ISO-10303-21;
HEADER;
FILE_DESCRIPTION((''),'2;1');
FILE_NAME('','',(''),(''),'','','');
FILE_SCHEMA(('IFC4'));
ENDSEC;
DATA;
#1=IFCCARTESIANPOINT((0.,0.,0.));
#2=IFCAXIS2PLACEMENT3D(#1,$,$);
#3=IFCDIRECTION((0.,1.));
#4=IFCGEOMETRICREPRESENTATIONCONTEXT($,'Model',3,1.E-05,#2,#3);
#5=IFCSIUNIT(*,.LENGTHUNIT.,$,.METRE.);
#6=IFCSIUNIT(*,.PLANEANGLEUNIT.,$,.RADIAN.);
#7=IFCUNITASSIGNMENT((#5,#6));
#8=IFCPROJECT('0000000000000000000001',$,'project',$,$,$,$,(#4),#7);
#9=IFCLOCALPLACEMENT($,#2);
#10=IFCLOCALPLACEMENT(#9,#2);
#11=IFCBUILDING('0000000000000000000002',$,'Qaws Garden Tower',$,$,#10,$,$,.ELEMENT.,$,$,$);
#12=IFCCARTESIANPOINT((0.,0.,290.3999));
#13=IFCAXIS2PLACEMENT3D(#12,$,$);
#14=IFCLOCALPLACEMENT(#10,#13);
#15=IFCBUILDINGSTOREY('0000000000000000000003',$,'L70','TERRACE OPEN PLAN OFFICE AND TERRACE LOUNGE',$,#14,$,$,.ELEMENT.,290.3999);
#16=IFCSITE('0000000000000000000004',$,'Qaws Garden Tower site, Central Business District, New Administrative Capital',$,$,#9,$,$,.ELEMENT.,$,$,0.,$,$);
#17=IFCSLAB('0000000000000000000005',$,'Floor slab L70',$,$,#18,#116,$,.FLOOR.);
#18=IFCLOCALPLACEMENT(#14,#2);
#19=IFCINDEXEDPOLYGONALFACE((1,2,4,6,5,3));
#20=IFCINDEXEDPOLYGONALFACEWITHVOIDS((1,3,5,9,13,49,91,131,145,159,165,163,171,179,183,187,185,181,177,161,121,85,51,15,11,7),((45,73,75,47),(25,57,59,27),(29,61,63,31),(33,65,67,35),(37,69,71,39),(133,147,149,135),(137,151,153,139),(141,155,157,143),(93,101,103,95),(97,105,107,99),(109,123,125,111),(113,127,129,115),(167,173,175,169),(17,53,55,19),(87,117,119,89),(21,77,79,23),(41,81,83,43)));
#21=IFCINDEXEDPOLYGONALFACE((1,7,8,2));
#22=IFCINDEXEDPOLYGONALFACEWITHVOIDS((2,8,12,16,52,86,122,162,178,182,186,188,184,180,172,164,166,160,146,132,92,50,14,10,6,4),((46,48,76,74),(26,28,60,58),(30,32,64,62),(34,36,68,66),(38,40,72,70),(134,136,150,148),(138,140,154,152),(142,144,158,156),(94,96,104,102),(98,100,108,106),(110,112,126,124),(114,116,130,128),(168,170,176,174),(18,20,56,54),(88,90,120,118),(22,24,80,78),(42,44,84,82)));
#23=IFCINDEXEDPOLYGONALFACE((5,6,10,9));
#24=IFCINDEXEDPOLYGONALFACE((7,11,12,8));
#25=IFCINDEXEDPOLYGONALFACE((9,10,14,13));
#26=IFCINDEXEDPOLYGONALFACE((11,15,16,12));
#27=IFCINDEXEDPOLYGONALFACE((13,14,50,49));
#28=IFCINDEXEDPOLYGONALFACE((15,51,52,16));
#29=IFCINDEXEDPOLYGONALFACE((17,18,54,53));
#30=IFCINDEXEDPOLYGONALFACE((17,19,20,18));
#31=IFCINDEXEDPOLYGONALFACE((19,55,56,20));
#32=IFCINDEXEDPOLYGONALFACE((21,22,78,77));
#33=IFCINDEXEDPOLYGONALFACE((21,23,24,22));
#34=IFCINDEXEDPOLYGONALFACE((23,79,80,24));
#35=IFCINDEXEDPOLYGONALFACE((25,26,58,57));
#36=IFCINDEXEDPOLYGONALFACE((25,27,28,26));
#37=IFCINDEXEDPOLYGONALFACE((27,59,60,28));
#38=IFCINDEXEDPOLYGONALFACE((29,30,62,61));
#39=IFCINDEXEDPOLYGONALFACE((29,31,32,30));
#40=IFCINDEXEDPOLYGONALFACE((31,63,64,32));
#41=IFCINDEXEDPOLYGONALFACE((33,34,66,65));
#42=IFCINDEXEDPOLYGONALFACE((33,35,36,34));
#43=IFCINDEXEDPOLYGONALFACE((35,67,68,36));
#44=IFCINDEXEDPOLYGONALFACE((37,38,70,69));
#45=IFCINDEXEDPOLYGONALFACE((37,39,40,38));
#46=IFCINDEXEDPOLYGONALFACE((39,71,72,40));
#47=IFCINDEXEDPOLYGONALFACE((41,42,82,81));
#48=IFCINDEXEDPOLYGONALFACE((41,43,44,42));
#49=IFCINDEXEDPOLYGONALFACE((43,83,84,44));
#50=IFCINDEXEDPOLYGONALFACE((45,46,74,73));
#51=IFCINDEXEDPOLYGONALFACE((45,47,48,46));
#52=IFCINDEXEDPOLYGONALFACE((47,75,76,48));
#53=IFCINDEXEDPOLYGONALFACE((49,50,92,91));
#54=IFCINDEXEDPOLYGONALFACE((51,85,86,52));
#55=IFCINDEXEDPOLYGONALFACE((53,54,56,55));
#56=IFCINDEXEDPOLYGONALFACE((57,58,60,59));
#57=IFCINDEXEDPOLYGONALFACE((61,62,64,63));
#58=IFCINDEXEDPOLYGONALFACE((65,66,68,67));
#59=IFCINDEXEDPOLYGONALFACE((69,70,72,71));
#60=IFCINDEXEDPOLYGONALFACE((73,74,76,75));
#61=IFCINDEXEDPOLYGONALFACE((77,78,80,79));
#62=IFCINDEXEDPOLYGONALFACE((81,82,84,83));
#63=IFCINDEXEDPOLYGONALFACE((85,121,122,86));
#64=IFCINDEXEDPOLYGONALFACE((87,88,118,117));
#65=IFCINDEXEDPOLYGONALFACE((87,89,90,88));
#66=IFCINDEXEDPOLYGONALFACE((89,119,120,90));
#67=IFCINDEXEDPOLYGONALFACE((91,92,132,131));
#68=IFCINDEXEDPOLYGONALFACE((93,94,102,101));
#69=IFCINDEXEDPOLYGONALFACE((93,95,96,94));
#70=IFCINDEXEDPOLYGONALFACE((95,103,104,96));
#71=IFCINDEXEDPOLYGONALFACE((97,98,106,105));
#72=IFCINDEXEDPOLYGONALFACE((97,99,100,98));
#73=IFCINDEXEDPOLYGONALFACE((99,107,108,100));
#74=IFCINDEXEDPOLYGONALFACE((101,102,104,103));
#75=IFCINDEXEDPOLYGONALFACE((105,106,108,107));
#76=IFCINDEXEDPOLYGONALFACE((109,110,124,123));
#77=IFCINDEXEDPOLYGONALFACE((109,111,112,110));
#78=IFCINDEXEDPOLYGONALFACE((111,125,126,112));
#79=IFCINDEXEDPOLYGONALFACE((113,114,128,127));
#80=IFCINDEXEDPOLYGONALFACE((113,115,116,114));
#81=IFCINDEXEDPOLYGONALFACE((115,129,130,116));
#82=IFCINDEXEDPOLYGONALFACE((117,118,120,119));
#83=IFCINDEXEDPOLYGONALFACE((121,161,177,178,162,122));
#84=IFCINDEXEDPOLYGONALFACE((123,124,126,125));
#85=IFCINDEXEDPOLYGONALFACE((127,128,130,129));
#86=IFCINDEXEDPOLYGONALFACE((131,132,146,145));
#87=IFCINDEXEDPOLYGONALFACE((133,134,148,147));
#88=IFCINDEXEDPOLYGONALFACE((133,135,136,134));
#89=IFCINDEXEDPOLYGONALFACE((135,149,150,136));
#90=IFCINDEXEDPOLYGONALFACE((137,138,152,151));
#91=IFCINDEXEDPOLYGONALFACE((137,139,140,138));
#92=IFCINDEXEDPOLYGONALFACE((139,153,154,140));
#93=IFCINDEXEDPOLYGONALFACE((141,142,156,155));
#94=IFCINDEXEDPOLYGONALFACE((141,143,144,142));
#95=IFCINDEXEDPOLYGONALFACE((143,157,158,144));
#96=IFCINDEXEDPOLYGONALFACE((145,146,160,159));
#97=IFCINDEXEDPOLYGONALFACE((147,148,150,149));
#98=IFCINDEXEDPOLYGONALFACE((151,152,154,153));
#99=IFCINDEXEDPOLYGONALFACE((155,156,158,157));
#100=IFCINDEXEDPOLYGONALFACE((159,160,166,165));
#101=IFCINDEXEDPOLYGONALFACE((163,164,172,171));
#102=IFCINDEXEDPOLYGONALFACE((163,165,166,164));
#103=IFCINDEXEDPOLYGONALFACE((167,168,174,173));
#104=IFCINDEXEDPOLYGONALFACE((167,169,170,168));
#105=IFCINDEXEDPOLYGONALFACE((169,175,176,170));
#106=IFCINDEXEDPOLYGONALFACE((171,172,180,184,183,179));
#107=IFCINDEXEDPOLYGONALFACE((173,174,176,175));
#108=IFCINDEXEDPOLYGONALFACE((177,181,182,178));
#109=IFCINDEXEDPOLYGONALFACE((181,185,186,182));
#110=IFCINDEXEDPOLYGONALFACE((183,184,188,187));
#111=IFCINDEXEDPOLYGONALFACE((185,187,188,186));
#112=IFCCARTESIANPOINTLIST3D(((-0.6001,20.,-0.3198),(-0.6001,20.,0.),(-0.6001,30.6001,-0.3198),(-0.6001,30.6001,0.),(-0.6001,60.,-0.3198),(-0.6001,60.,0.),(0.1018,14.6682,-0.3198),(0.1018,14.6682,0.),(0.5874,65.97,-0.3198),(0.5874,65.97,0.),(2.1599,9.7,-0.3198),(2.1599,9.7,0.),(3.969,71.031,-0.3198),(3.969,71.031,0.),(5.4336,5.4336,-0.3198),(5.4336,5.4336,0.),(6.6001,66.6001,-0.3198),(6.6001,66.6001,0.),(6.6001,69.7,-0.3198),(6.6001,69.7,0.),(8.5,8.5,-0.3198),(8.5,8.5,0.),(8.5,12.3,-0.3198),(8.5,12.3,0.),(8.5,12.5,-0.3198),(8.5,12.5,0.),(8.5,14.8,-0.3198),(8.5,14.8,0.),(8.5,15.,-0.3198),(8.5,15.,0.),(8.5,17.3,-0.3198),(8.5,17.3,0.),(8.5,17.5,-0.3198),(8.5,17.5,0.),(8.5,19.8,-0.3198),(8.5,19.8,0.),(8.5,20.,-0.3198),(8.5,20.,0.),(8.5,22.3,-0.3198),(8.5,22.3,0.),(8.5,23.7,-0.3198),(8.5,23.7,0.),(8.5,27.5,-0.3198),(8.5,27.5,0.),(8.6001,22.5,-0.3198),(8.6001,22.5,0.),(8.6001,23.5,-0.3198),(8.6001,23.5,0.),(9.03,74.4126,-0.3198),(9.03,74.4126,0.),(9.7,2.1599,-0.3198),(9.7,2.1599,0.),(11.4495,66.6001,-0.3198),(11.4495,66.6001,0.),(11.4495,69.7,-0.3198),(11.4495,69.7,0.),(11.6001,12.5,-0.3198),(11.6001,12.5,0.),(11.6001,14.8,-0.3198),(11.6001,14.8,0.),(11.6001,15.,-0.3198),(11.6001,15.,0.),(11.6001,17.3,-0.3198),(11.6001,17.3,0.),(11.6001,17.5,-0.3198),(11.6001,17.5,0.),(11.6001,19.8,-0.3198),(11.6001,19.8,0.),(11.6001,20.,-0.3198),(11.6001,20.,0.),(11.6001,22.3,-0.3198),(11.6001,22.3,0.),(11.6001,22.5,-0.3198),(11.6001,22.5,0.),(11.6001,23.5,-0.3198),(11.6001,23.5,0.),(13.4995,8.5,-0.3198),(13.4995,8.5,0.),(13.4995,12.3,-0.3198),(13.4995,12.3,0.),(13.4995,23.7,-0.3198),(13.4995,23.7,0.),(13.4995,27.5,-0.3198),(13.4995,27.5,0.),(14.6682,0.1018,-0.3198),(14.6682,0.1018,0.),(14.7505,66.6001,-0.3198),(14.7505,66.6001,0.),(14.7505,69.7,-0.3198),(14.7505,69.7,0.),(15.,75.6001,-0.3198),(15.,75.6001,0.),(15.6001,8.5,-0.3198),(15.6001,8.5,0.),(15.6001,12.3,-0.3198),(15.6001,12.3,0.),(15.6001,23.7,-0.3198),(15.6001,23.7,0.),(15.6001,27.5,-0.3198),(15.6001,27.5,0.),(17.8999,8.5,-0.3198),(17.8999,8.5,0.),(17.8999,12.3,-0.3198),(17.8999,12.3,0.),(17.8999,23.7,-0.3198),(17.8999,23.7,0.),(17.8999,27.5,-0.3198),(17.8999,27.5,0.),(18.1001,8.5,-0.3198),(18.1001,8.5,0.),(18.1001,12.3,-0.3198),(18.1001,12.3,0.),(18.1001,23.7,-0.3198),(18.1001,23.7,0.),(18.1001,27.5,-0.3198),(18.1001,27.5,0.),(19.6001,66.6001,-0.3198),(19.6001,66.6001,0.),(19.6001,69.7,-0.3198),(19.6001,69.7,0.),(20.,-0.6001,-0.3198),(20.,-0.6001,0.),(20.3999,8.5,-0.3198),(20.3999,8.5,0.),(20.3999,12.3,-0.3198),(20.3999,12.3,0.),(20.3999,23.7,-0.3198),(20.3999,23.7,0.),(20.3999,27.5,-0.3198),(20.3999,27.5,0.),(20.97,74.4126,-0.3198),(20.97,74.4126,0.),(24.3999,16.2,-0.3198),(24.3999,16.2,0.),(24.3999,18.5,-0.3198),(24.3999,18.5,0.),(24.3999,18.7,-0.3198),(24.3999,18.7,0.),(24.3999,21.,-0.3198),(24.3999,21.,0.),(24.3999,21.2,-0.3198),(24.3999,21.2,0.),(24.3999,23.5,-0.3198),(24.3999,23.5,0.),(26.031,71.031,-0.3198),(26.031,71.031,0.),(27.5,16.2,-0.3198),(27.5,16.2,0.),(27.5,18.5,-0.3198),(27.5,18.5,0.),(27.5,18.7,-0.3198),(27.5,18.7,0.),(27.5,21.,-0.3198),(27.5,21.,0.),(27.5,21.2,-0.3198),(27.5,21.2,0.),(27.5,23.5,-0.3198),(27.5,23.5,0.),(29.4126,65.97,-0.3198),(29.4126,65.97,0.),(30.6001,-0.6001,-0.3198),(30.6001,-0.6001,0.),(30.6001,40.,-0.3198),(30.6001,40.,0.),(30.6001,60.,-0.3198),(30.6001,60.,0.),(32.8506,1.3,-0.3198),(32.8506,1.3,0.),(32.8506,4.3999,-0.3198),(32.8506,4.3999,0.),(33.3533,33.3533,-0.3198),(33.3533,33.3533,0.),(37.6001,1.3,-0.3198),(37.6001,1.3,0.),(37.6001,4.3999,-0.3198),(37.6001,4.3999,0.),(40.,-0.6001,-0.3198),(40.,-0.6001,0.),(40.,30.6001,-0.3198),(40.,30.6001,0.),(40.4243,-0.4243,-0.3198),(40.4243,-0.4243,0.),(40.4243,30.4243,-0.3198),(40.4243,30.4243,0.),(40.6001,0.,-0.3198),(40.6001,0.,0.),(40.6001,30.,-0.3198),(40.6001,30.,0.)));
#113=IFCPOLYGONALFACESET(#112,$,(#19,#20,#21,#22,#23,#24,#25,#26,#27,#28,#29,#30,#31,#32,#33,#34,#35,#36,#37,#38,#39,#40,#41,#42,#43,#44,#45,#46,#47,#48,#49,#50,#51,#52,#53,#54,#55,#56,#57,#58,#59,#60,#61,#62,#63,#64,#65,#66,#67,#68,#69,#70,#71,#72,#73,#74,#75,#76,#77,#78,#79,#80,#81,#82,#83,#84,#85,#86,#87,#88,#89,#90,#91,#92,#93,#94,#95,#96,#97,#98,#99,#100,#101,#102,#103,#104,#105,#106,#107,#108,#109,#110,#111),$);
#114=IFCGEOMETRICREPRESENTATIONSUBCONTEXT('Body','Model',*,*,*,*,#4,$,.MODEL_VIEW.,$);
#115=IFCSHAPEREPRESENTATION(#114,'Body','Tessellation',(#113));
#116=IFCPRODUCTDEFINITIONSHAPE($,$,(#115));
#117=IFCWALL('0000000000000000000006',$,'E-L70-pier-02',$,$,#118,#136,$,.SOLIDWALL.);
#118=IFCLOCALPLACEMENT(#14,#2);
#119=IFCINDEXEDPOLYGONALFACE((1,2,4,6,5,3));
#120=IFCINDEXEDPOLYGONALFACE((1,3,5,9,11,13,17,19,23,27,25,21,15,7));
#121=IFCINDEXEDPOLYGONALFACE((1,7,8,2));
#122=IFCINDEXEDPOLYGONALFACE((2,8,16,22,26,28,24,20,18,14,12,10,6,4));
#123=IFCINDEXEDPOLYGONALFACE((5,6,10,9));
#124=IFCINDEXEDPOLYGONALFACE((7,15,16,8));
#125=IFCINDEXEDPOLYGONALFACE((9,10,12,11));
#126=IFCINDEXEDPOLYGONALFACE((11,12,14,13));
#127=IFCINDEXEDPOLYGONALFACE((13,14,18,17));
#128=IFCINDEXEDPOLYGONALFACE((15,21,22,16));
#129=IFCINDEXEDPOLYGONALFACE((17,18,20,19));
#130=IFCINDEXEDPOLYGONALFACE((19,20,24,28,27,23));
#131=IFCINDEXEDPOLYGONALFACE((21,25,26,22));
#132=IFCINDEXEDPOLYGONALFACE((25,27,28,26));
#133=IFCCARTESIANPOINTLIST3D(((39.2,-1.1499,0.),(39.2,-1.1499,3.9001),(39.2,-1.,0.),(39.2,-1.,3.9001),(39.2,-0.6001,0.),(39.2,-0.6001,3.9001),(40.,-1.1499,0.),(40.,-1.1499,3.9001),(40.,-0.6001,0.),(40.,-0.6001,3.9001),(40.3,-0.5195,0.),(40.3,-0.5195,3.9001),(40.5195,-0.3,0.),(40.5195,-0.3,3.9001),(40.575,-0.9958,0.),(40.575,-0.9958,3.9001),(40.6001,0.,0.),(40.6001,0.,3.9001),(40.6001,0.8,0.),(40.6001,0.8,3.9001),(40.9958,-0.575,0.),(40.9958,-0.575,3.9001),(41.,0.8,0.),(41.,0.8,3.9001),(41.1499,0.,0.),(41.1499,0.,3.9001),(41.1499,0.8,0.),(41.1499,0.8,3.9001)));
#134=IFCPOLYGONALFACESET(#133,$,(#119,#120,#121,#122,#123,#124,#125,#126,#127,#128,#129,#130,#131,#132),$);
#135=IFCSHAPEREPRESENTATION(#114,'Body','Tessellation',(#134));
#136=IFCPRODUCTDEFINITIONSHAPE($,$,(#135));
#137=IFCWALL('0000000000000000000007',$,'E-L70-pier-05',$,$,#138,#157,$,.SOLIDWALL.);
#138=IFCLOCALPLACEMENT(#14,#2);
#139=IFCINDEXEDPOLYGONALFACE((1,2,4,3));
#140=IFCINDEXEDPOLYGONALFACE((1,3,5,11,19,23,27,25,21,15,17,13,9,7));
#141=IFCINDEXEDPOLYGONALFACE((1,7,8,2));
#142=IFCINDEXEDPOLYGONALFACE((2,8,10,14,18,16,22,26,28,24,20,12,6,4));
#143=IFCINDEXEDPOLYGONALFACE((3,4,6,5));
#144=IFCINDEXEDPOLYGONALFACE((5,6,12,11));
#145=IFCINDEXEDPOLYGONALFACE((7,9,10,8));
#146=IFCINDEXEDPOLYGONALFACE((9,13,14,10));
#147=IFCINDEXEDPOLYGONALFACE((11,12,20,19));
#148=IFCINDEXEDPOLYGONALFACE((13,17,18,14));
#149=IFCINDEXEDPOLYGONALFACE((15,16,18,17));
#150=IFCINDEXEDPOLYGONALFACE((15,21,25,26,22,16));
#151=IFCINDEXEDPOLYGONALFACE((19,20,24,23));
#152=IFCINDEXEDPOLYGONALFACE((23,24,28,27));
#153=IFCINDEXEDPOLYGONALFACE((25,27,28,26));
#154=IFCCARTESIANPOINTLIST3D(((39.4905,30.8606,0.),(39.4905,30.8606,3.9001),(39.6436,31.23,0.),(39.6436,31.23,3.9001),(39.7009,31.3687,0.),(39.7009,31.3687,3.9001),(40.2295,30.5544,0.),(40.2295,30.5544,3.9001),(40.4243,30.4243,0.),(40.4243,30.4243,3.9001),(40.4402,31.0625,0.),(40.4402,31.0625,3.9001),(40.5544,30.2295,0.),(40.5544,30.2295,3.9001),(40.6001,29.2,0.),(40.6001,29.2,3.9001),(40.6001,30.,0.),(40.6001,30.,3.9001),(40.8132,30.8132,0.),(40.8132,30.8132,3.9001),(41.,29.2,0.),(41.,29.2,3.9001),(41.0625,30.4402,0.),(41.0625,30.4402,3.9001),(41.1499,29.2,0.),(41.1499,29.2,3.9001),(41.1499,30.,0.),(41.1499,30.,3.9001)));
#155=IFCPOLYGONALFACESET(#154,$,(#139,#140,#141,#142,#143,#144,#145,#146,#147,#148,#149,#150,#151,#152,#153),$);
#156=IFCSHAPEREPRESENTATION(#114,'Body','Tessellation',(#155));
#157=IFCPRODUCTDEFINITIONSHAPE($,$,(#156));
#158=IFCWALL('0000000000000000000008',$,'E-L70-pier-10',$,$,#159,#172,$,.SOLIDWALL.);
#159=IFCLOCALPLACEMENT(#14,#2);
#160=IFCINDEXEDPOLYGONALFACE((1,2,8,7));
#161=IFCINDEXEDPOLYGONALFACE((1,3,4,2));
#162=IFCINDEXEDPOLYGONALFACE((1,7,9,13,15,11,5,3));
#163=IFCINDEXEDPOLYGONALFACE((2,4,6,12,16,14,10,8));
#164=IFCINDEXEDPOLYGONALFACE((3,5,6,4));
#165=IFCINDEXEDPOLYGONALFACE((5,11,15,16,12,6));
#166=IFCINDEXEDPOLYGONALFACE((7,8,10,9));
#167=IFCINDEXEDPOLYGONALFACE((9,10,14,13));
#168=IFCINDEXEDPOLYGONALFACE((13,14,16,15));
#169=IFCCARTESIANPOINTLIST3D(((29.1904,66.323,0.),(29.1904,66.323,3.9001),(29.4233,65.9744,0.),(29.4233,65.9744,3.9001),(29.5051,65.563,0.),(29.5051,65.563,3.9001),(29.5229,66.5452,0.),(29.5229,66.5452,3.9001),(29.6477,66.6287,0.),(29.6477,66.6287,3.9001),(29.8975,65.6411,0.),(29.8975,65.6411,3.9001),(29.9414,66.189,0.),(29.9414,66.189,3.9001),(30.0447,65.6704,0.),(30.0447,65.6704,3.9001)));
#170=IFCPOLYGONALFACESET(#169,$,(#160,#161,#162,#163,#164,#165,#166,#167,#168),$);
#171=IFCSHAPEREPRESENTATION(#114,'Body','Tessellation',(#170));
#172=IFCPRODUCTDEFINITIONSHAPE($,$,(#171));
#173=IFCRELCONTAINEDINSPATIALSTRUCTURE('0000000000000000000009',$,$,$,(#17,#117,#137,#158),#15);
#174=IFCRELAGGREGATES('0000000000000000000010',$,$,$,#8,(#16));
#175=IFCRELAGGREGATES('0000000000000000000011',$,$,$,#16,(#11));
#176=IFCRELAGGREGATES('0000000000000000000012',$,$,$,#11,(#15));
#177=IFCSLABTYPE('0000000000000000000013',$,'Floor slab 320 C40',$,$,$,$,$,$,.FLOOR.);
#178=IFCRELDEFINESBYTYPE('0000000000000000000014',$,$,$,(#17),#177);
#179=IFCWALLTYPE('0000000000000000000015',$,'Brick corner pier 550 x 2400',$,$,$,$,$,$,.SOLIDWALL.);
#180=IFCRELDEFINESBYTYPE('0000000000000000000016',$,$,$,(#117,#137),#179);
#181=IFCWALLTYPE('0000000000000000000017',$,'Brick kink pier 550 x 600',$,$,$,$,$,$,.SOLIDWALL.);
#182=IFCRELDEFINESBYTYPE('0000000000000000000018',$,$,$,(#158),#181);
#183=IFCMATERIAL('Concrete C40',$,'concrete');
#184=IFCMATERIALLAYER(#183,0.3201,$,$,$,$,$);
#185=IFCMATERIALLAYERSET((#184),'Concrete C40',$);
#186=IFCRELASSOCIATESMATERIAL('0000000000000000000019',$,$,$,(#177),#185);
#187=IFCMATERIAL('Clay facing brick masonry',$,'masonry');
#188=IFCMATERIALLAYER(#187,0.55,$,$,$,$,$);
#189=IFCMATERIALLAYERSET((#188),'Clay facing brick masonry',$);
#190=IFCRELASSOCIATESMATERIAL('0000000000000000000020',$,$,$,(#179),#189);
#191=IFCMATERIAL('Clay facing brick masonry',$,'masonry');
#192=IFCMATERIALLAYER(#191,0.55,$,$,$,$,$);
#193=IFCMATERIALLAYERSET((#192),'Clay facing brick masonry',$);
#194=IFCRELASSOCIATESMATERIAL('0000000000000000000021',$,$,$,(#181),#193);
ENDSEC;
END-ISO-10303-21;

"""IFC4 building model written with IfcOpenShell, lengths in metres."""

from ifc_helpers import new_model, si_unit, direction, frame, origin, place, context, subcontext, project, spatial, polyline, outline, extrude, material, layer, layer_set, type_object, element, save


model = new_model("IFC4")

# Units and contexts
model_context = context("Model", 3, precision=1e-05, world=origin(), true_north=direction((0.0, 1.0)))
body_context = subcontext(model_context, "Body", "Model", "MODEL_VIEW")
ifc_project = project(units=[si_unit("LENGTHUNIT", "METRE"), si_unit("PLANEANGLEUNIT", "RADIAN")], contexts=[model_context])

# Site, building, storey
site_placement = place(None, origin())
site = spatial("IfcSite", under=ifc_project, at=site_placement, Name="Qaws Garden Tower site, Central Business District, New Administrative Capital", CompositionType="ELEMENT", RefElevation=0.0)
building_placement = place(site_placement, origin())
building = spatial("IfcBuilding", under=site, at=building_placement, Name="Qaws Garden Tower", CompositionType="ELEMENT")
storey_placement = place(building_placement, frame((0.0, 0.0, 290.3999)))
storey = spatial("IfcBuildingStorey", under=building, at=storey_placement, Name="L70", Description="TERRACE OPEN PLAN OFFICE AND TERRACE LOUNGE", CompositionType="ELEMENT", Elevation=290.3999)

# Slab
ifc_material_1 = material(Name="Concrete C40", Category="concrete")
ifc_layer_1 = layer(ifc_material_1, 0.3201)
ifc_layer_set_1 = layer_set([ifc_layer_1], Name="Concrete C40")
slab_type = type_object("IfcSlabType", Name="Floor slab 320 C40", PredefinedType="FLOOR", material=ifc_layer_set_1)
slab_placement = place(storey_placement, frame((0.0, 0.0, -0.3198)))
element("IfcSlab", 1, at=slab_placement, inside=storey, type_object=slab_type, Name="Floor slab L70", PredefinedType="FLOOR", context=body_context, shape_type="SweptSolid", body=[
    extrude(outline(polyline([(0.1018, 14.6682), (-0.6001, 20.0), (-0.6001, 30.6001), (-0.6001, 60.0), (-0.6001, 60.0), (0.5874, 65.97), (3.969, 71.031), (9.03, 74.4126), (15.0, 75.6001), (20.97, 74.4126), (26.031, 71.031), (29.4126, 65.97), (30.6001, 60.0), (30.6001, 40.0), (33.3533, 33.3533), (40.0, 30.6001), (40.4243, 30.4243), (40.6001, 30.0), (40.6001, 0.0), (40.4243, -0.4243), (40.0, -0.6001), (30.6001, -0.6001), (20.0, -0.6001), (14.6682, 0.1018), (9.7, 2.1599), (5.4336, 5.4336), (2.1599, 9.7), (0.1018, 14.6682)]), holes=[polyline([(13.4995, 12.3), (8.5, 12.3), (8.5, 8.5), (13.4995, 8.5), (13.4995, 12.3)]), polyline([(17.8999, 12.3), (15.6001, 12.3), (15.6001, 8.5), (17.8999, 8.5), (17.8999, 12.3)]), polyline([(11.6001, 14.8), (8.5, 14.8), (8.5, 12.5), (11.6001, 12.5), (11.6001, 14.8)]), polyline([(11.6001, 17.3), (8.5, 17.3), (8.5, 15.0), (11.6001, 15.0), (11.6001, 17.3)]), polyline([(11.6001, 19.8), (8.5, 19.8), (8.5, 17.5), (11.6001, 17.5), (11.6001, 19.8)]), polyline([(11.6001, 22.3), (8.5, 22.3), (8.5, 20.0), (11.6001, 20.0), (11.6001, 22.3)]), polyline([(11.6001, 23.5), (8.6001, 23.5), (8.6001, 22.5), (11.6001, 22.5), (11.6001, 23.5)]), polyline([(13.4995, 27.5), (8.5, 27.5), (8.5, 23.7), (13.4995, 23.7), (13.4995, 27.5)]), polyline([(11.4495, 69.7), (6.6001, 69.7), (6.6001, 66.6001), (11.4495, 66.6001), (11.4495, 69.7)]), polyline([(37.6001, 4.3999), (32.8506, 4.3999), (32.8506, 1.3), (37.6001, 1.3), (37.6001, 4.3999)]), polyline([(20.3999, 12.3), (18.1001, 12.3), (18.1001, 8.5), (20.3999, 8.5), (20.3999, 12.3)]), polyline([(27.5, 18.5), (24.3999, 18.5), (24.3999, 16.2), (27.5, 16.2), (27.5, 18.5)]), polyline([(27.5, 21.0), (24.3999, 21.0), (24.3999, 18.7), (27.5, 18.7), (27.5, 21.0)]), polyline([(27.5, 23.5), (24.3999, 23.5), (24.3999, 21.2), (27.5, 21.2), (27.5, 23.5)]), polyline([(17.8999, 27.5), (15.6001, 27.5), (15.6001, 23.7), (17.8999, 23.7), (17.8999, 27.5)]), polyline([(20.3999, 23.7), (20.3999, 27.5), (18.1001, 27.5), (18.1001, 23.7), (20.3999, 23.7)]), polyline([(19.6001, 66.6001), (19.6001, 69.7), (14.7505, 69.7), (14.7505, 66.6001), (19.6001, 66.6001)])]), origin(), (0.0, 0.0, 1.0), 0.3198),
])

# Walls
ifc_material_2 = material(Name="Clay facing brick masonry", Category="masonry")
ifc_layer_2 = layer(ifc_material_2, 0.55)
ifc_layer_set_2 = layer_set([ifc_layer_2], Name="Clay facing brick masonry")
wall_type_1 = type_object("IfcWallType", Name="Brick corner pier 550 x 2400", PredefinedType="SOLIDWALL", material=ifc_layer_set_2)
placement = place(storey_placement, origin())
element("IfcWall", 2, at=placement, inside=storey, type_object=wall_type_1, Name="E-L70-pier-02", PredefinedType="SOLIDWALL", context=body_context, shape_type="SweptSolid", body=[
    extrude(outline(polyline([(39.2, -1.0), (39.2, -1.1499), (40.0, -1.1499), (40.575, -0.9958), (40.9958, -0.575), (41.1499, 0.0), (41.1499, 0.8), (41.0, 0.8), (40.6001, 0.8), (40.6001, 0.0), (40.5195, -0.3), (40.3, -0.5195), (40.0, -0.6001), (39.2, -0.6001), (39.2, -1.0)])), origin(), (0.0, 0.0, 1.0), 3.9001),
])
element("IfcWall", 3, at=placement, inside=storey, type_object=wall_type_1, Name="E-L70-pier-05", PredefinedType="SOLIDWALL", context=body_context, shape_type="SweptSolid", body=[
    extrude(outline(polyline([(41.0, 29.2), (41.1499, 29.2), (41.1499, 30.0), (41.0625, 30.4402), (40.8132, 30.8132), (40.4402, 31.0625), (39.7009, 31.3687), (39.6436, 31.23), (39.4905, 30.8606), (40.2295, 30.5544), (40.4243, 30.4243), (40.5544, 30.2295), (40.6001, 30.0), (40.6001, 29.2), (41.0, 29.2)])), origin(), (0.0, 0.0, 1.0), 3.9001),
])
ifc_material_3 = material(Name="Clay facing brick masonry", Category="masonry")
ifc_layer_3 = layer(ifc_material_3, 0.55)
ifc_layer_set_3 = layer_set([ifc_layer_3], Name="Clay facing brick masonry")
wall_type_2 = type_object("IfcWallType", Name="Brick kink pier 550 x 600", PredefinedType="SOLIDWALL", material=ifc_layer_set_3)
element("IfcWall", 4, at=placement, inside=storey, type_object=wall_type_2, Name="E-L70-pier-10", PredefinedType="SOLIDWALL", context=body_context, shape_type="SweptSolid", body=[
    extrude(outline(polyline([(29.8975, 65.6411), (30.0447, 65.6704), (29.9414, 66.189), (29.6477, 66.6287), (29.5229, 66.5452), (29.1904, 66.323), (29.4233, 65.9744), (29.5051, 65.563), (29.8975, 65.6411)])), origin(), (0.0, 0.0, 1.0), 3.9001),
])

save(model, "model.ifc")
